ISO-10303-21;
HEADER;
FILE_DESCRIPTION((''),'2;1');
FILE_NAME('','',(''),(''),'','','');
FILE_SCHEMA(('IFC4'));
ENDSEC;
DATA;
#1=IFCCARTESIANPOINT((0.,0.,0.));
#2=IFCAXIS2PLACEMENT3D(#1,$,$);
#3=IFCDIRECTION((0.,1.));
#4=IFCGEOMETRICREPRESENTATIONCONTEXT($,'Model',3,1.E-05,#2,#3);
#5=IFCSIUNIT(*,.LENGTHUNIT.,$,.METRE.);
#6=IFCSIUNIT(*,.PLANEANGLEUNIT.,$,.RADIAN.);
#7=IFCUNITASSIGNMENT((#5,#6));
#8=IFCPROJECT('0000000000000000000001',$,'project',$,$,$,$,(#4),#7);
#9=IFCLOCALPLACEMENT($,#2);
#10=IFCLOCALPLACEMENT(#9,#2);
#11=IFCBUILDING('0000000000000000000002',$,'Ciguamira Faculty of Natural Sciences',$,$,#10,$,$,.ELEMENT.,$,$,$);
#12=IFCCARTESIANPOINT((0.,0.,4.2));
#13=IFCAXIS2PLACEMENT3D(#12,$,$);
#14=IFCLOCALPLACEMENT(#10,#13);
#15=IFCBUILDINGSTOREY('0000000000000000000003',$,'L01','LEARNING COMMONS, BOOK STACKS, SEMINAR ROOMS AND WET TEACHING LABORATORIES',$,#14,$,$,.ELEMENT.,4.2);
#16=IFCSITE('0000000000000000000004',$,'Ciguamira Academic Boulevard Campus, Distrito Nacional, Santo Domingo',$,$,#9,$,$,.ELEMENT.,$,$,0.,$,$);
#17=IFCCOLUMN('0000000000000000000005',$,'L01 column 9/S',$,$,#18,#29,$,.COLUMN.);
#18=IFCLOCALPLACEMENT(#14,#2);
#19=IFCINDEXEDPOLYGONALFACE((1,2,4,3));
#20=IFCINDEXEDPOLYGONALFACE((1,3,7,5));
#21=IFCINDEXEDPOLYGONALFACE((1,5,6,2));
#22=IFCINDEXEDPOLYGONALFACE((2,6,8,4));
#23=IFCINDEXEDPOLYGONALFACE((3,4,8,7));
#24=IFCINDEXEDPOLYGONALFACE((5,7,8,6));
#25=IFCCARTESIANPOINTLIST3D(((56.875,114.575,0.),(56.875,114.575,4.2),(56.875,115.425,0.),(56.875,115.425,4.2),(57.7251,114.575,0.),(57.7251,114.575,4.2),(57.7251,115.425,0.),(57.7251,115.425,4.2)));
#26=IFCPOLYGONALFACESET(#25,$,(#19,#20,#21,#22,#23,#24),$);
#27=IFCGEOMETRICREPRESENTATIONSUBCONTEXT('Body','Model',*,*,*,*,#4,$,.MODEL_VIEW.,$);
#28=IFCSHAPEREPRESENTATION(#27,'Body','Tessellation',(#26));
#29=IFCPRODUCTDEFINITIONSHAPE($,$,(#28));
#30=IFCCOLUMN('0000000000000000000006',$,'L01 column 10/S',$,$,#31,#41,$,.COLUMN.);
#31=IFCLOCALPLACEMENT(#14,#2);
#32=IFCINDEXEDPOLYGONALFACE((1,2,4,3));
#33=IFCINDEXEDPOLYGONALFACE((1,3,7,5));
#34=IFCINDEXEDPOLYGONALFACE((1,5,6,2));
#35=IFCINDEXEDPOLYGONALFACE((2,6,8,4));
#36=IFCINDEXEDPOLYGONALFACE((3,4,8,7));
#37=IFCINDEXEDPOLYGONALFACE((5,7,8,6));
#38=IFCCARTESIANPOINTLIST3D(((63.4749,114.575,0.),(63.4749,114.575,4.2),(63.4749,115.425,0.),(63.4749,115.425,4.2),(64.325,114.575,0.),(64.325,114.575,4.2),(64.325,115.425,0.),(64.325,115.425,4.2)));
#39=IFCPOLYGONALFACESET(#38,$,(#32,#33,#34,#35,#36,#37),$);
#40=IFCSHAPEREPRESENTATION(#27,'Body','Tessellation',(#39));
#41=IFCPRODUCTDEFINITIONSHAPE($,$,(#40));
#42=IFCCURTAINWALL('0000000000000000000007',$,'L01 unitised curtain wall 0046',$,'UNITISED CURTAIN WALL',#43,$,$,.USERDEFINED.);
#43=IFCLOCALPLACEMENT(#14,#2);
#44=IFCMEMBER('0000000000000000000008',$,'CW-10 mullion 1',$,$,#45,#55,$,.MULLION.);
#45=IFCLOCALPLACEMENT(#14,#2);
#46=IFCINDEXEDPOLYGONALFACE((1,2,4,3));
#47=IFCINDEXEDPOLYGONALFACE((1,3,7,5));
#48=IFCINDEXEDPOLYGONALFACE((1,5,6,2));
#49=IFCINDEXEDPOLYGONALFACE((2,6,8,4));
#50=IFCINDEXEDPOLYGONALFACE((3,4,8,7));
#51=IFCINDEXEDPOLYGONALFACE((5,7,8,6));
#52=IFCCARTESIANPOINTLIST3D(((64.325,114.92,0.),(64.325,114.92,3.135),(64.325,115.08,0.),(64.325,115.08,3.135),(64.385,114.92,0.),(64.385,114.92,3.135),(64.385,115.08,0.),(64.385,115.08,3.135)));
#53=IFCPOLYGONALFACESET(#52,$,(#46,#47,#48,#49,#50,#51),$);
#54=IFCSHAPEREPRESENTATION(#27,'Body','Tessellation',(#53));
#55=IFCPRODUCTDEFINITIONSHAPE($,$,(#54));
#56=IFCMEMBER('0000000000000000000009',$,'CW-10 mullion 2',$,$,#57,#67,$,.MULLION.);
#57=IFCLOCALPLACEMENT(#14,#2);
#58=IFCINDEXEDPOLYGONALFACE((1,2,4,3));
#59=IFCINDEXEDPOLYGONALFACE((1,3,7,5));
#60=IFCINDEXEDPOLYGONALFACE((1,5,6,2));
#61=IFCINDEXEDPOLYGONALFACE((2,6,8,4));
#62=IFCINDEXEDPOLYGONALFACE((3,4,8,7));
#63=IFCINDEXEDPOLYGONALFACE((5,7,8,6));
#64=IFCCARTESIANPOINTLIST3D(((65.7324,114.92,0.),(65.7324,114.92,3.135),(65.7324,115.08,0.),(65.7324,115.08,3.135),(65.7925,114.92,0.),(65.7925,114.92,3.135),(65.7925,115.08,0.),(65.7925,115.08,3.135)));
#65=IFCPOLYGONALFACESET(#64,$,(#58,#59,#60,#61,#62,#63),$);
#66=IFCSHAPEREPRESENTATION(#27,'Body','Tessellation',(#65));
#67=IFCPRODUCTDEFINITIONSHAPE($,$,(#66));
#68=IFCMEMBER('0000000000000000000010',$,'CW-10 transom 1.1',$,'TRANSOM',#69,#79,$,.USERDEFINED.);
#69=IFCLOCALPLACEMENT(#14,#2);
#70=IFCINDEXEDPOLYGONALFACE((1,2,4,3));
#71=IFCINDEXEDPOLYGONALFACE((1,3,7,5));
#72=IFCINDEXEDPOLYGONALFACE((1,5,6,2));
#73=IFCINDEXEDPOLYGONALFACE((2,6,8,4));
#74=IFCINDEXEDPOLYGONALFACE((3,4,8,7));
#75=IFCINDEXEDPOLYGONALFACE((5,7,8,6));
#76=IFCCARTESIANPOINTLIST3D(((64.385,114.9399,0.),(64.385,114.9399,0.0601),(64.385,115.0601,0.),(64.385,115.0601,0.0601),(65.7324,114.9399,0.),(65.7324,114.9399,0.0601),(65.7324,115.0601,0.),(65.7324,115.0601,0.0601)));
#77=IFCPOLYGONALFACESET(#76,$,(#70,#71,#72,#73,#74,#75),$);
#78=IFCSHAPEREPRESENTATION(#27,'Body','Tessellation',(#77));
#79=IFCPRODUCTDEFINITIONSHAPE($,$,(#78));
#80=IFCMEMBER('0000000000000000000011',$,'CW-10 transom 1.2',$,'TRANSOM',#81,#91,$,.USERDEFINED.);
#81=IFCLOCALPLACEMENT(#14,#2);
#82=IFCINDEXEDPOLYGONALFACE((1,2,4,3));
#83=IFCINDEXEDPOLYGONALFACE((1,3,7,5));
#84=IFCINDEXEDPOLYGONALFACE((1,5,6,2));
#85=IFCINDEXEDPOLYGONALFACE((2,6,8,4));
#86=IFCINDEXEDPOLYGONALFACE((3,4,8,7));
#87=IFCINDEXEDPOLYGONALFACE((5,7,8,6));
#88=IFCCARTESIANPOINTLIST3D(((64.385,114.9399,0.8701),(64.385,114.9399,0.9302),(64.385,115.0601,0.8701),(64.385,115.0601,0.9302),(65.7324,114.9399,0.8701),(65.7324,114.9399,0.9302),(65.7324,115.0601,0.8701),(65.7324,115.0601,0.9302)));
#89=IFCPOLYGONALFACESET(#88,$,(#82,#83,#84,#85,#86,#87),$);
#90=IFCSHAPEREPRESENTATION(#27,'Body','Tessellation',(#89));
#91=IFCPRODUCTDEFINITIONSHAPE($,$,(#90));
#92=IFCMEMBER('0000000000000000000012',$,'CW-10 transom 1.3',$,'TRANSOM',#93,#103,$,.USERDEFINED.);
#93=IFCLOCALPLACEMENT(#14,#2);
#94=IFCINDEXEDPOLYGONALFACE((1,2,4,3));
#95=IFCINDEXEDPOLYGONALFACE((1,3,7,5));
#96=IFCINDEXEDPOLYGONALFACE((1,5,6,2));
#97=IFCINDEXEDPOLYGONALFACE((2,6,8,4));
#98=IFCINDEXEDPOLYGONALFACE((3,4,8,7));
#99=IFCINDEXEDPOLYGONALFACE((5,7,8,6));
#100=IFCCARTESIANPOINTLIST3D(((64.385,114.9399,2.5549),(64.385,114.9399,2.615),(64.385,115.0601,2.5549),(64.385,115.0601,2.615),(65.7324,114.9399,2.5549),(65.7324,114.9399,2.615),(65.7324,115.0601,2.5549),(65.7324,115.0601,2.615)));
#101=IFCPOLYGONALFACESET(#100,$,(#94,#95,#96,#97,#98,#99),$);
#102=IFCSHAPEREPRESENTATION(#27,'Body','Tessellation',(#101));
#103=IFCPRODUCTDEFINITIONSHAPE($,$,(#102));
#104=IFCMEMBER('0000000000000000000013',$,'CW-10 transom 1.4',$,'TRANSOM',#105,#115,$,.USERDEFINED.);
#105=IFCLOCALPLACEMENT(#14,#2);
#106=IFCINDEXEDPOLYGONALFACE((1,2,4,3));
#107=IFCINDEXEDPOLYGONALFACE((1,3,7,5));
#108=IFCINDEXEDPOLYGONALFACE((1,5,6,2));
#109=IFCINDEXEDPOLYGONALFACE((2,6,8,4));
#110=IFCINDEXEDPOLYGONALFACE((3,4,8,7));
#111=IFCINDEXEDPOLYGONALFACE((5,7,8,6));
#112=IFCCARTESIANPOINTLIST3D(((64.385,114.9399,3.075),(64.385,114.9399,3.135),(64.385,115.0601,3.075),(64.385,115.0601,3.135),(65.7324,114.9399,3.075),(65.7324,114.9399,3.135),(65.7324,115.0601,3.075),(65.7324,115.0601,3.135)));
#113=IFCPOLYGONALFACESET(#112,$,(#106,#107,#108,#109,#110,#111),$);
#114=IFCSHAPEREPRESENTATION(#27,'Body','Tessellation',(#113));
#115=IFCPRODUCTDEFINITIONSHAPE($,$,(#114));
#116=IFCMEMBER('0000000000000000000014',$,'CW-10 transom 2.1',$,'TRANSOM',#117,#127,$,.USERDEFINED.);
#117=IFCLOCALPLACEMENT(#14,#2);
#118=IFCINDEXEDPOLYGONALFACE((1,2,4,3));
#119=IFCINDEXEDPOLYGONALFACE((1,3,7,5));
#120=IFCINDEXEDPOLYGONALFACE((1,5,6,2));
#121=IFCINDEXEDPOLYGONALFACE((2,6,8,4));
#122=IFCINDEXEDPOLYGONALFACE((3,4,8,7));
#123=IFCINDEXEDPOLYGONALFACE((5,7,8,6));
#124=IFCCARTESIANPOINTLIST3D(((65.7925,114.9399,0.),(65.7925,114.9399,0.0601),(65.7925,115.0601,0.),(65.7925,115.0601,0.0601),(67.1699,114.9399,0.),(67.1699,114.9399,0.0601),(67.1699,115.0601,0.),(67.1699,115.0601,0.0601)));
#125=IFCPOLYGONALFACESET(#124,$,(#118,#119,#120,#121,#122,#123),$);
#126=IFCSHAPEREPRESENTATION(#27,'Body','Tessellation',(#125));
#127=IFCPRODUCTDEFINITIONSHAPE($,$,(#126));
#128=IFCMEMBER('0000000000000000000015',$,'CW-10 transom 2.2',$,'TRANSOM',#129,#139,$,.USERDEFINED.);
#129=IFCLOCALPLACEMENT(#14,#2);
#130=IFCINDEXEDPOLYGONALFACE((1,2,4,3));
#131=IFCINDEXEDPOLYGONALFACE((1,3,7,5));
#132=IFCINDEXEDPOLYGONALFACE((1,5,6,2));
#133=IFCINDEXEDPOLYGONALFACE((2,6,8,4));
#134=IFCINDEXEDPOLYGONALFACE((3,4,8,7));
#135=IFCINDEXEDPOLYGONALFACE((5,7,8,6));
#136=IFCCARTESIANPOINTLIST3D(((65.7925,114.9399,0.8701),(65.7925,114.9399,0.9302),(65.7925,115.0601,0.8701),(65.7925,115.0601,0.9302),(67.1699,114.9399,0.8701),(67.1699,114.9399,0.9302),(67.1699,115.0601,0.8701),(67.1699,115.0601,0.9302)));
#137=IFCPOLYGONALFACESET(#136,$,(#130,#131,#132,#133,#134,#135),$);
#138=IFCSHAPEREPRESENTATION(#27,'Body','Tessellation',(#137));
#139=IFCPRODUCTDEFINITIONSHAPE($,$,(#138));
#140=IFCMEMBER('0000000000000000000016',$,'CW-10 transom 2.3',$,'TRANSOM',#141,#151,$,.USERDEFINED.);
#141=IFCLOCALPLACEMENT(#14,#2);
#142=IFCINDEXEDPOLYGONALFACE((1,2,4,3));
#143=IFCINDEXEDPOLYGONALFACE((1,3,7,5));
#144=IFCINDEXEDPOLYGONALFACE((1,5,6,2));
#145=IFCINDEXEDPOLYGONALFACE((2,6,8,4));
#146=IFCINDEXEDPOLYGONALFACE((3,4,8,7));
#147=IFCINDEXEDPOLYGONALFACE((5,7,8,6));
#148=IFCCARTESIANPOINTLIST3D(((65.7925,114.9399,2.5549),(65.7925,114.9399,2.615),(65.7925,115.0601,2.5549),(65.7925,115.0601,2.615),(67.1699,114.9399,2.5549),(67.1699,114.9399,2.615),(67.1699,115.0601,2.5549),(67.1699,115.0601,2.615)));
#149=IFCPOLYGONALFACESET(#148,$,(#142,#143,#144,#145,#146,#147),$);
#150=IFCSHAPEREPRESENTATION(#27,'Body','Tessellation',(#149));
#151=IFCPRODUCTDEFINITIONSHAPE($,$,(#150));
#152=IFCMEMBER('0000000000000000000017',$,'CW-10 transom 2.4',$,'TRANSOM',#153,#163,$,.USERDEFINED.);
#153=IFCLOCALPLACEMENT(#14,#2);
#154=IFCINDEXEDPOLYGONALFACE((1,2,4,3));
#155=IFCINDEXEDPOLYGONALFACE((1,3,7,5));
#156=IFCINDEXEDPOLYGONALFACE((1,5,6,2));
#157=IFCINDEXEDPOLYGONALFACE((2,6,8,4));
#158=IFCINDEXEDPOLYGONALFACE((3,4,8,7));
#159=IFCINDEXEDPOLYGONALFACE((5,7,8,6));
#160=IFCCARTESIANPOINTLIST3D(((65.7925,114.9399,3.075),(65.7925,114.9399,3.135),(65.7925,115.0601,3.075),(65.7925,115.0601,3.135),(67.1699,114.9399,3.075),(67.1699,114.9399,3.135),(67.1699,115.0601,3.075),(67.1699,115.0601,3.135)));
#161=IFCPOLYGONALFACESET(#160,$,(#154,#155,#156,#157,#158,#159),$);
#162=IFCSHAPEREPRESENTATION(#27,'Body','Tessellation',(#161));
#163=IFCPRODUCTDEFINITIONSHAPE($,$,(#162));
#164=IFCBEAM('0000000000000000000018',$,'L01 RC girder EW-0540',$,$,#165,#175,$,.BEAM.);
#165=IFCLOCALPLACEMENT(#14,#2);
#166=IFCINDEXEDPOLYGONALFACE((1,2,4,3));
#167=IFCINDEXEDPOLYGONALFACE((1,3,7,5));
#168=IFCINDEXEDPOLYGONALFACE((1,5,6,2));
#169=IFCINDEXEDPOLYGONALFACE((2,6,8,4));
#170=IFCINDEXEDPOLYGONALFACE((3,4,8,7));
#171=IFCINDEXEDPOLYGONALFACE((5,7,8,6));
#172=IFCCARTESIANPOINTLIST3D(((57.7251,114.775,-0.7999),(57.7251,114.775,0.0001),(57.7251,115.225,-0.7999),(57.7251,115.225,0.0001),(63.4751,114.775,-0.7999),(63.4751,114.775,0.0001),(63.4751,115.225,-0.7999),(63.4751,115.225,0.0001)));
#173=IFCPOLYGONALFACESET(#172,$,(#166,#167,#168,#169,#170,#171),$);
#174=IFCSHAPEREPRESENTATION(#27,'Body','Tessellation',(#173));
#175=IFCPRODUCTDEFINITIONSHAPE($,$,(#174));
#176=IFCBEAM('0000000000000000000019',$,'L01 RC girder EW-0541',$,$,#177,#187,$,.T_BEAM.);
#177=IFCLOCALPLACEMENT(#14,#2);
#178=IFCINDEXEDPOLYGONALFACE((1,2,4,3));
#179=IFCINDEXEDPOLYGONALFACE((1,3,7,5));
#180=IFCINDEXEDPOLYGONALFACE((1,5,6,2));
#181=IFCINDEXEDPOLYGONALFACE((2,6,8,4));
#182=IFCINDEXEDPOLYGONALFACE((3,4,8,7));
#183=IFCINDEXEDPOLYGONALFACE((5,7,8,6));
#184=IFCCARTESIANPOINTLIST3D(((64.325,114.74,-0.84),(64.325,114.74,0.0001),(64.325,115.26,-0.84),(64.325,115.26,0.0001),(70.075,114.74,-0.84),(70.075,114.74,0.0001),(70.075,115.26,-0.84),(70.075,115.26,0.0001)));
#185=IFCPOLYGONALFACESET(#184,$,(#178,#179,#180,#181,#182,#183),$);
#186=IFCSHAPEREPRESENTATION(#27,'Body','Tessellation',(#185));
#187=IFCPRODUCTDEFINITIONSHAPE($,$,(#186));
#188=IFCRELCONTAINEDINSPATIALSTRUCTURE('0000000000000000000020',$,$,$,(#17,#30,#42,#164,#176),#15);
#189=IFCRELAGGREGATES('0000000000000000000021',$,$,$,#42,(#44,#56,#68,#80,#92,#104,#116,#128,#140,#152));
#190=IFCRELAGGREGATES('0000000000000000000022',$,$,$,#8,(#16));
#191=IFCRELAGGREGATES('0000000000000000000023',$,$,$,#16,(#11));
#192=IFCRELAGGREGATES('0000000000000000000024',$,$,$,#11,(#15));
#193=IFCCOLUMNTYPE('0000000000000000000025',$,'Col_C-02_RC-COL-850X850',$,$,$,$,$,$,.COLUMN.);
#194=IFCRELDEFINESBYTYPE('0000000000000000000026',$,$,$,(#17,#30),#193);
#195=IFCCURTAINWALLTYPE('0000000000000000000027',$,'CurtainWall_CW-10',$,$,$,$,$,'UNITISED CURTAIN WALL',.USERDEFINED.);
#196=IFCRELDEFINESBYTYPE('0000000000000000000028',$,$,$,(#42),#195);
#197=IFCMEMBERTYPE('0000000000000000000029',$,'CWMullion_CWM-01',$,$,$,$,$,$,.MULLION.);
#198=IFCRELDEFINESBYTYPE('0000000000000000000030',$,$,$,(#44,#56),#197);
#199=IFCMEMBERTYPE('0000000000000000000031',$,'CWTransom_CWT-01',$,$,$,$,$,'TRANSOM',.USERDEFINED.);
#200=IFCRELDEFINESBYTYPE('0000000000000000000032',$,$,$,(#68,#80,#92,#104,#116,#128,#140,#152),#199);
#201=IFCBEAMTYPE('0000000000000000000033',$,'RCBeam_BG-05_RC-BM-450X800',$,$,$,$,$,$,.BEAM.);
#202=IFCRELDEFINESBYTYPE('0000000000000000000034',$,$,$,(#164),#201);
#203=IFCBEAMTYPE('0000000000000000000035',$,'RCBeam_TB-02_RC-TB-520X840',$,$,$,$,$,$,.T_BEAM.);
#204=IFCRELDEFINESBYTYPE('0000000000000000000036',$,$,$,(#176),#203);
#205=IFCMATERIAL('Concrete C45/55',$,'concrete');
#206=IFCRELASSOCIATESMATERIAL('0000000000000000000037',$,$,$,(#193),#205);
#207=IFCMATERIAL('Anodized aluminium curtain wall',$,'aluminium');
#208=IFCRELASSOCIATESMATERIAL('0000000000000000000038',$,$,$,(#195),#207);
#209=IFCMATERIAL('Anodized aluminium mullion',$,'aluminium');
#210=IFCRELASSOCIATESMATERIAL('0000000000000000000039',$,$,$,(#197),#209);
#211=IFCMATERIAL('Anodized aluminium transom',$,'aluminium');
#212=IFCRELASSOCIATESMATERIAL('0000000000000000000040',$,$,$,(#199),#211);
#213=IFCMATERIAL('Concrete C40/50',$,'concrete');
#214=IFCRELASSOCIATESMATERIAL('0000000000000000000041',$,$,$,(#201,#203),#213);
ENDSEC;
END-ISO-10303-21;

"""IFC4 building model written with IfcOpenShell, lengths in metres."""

from ifc_helpers import new_model, si_unit, direction, frame, origin, origin_2d, place, context, subcontext, project, spatial, rectangle, extrude, material, material_profile, profile_set, type_object, element, aggregate, save


model = new_model("IFC4")

# Units and contexts
model_context = context("Model", 3, precision=1e-05, world=origin(), true_north=direction((0.0, 1.0)))
body_context = subcontext(model_context, "Body", "Model", "MODEL_VIEW")
ifc_project = project(units=[si_unit("LENGTHUNIT", "METRE"), si_unit("PLANEANGLEUNIT", "RADIAN")], contexts=[model_context])

# Site, building, storey
site_placement = place(None, origin())
site = spatial("IfcSite", under=ifc_project, at=site_placement, Name="Ciguamira Academic Boulevard Campus, Distrito Nacional, Santo Domingo", CompositionType="ELEMENT", RefElevation=0.0)
building_placement = place(site_placement, origin())
building = spatial("IfcBuilding", under=site, at=building_placement, Name="Ciguamira Faculty of Natural Sciences", CompositionType="ELEMENT")
storey_placement = place(building_placement, frame((0.0, 0.0, 4.2)))
storey = spatial("IfcBuildingStorey", under=building, at=storey_placement, Name="L01", Description="LEARNING COMMONS, BOOK STACKS, SEMINAR ROOMS AND WET TEACHING LABORATORIES", CompositionType="ELEMENT", Elevation=4.2)

# Columns
ifc_material_1 = material(Name="Concrete C45/55", Category="concrete")
ifc_material_profile_1 = material_profile(ifc_material_1, rectangle(XDim=0.8501, YDim=0.8501, at=origin_2d()), Name="RC-COL-850X850")
ifc_profile_set_1 = profile_set([ifc_material_profile_1], Name="Concrete C45/55")
column_type = type_object("IfcColumnType", Name="Col_C-02_RC-COL-850X850", PredefinedType="COLUMN", material=ifc_profile_set_1)
for number, where, z_axis, x_axis, name in (
    (1, (57.3, 115.0, 0.0), (0.0, 0.0, 1.0), (1.0, 0.0, 0.0), "L01 column 9/S"),
    (2, (63.8999, 115.0, 0.0), (0.0, 0.0, 1.0), (1.0, 0.0, 0.0), "L01 column 10/S"),
):
    element("IfcColumn", number, at=place(storey_placement, frame(where, z_axis=z_axis, x_axis=x_axis)), inside=storey, type_object=column_type, Name=name, PredefinedType="COLUMN", context=body_context, shape_type="SweptSolid", body=[
        extrude(rectangle(XDim=0.8501, YDim=0.8501, at=origin_2d()), origin(), (0.0, 0.0, 1.0), 4.2),
    ])

# Curtain wall, members
ifc_material_2 = material(Name="Anodized aluminium curtain wall", Category="aluminium")
curtain_wall_type = type_object("IfcCurtainWallType", Name="CurtainWall_CW-10", ElementType="UNITISED CURTAIN WALL", PredefinedType="USERDEFINED", material=ifc_material_2)
curtain_wall_placement = place(storey_placement, origin())
curtain_wall = element("IfcCurtainWall", 3, at=curtain_wall_placement, inside=storey, type_object=curtain_wall_type, Name="L01 unitised curtain wall 0046", ObjectType="UNITISED CURTAIN WALL", PredefinedType="USERDEFINED")
ifc_material_3 = material(Name="Anodized aluminium mullion", Category="aluminium")
ifc_material_profile_2 = material_profile(ifc_material_3, rectangle(XDim=0.0601, YDim=0.1599, at=origin_2d()), Name="ALU-MUL-60X160")
ifc_profile_set_2 = profile_set([ifc_material_profile_2], Name="Anodized aluminium mullion")
member_type_1 = type_object("IfcMemberType", Name="CWMullion_CWM-01", PredefinedType="MULLION", material=ifc_profile_set_2)
member_1_placement = place(storey_placement, frame((64.355, 115.0, 0.0), z_axis=(0.0, 0.0, 1.0), x_axis=(1.0, 0.0, 0.0)))
member_1 = element("IfcMember", 4, at=member_1_placement, type_object=member_type_1, Name="CW-10 mullion 1", PredefinedType="MULLION", context=body_context, shape_type="SweptSolid", body=[
    extrude(rectangle(XDim=0.0601, YDim=0.1599, at=origin_2d()), origin(), (0.0, 0.0, 1.0), 3.135),
])
member_2_placement = place(storey_placement, frame((65.7625, 115.0, 0.0), z_axis=(0.0, 0.0, 1.0), x_axis=(1.0, 0.0, 0.0)))
member_2 = element("IfcMember", 5, at=member_2_placement, type_object=member_type_1, Name="CW-10 mullion 2", PredefinedType="MULLION", context=body_context, shape_type="SweptSolid", body=[
    extrude(rectangle(XDim=0.0601, YDim=0.1599, at=origin_2d()), origin(), (0.0, 0.0, 1.0), 3.135),
])
ifc_material_4 = material(Name="Anodized aluminium transom", Category="aluminium")
ifc_material_profile_3 = material_profile(ifc_material_4, rectangle(XDim=0.0601, YDim=0.1201, at=origin_2d()), Name="ALU-TRN-60X120")
ifc_profile_set_3 = profile_set([ifc_material_profile_3], Name="Anodized aluminium transom")
member_type_2 = type_object("IfcMemberType", Name="CWTransom_CWT-01", ElementType="TRANSOM", PredefinedType="USERDEFINED", material=ifc_profile_set_3)
member_3_placement = place(storey_placement, frame((64.385, 115.0, 0.03), z_axis=(1.0, 0.0, 0.0), x_axis=(0.0, 0.0, 1.0)))
member_3 = element("IfcMember", 6, at=member_3_placement, type_object=member_type_2, Name="CW-10 transom 1.1", ObjectType="TRANSOM", PredefinedType="USERDEFINED", context=body_context, shape_type="SweptSolid", body=[
    extrude(rectangle(XDim=0.0601, YDim=0.1201, at=origin_2d()), origin(), (0.0, 0.0, 1.0), 1.3474),
])
member_4_placement = place(storey_placement, frame((64.385, 115.0, 0.9001), z_axis=(1.0, 0.0, 0.0), x_axis=(0.0, 0.0, 1.0)))
member_4 = element("IfcMember", 7, at=member_4_placement, type_object=member_type_2, Name="CW-10 transom 1.2", ObjectType="TRANSOM", PredefinedType="USERDEFINED", context=body_context, shape_type="SweptSolid", body=[
    extrude(rectangle(XDim=0.0601, YDim=0.1201, at=origin_2d()), origin(), (0.0, 0.0, 1.0), 1.3474),
])
member_5_placement = place(storey_placement, frame((64.385, 115.0, 2.585), z_axis=(1.0, 0.0, 0.0), x_axis=(0.0, 0.0, 1.0)))
member_5 = element("IfcMember", 8, at=member_5_placement, type_object=member_type_2, Name="CW-10 transom 1.3", ObjectType="TRANSOM", PredefinedType="USERDEFINED", context=body_context, shape_type="SweptSolid", body=[
    extrude(rectangle(XDim=0.0601, YDim=0.1201, at=origin_2d()), origin(), (0.0, 0.0, 1.0), 1.3474),
])
member_6_placement = place(storey_placement, frame((64.385, 115.0, 3.105), z_axis=(1.0, 0.0, 0.0), x_axis=(0.0, 0.0, 1.0)))
member_6 = element("IfcMember", 9, at=member_6_placement, type_object=member_type_2, Name="CW-10 transom 1.4", ObjectType="TRANSOM", PredefinedType="USERDEFINED", context=body_context, shape_type="SweptSolid", body=[
    extrude(rectangle(XDim=0.0601, YDim=0.1201, at=origin_2d()), origin(), (0.0, 0.0, 1.0), 1.3474),
])
member_7_placement = place(storey_placement, frame((65.7925, 115.0, 0.03), z_axis=(1.0, 0.0, 0.0), x_axis=(0.0, 0.0, 1.0)))
member_7 = element("IfcMember", 10, at=member_7_placement, type_object=member_type_2, Name="CW-10 transom 2.1", ObjectType="TRANSOM", PredefinedType="USERDEFINED", context=body_context, shape_type="SweptSolid", body=[
    extrude(rectangle(XDim=0.0601, YDim=0.1201, at=origin_2d()), origin(), (0.0, 0.0, 1.0), 1.3774),
])
member_8_placement = place(storey_placement, frame((65.7925, 115.0, 0.9001), z_axis=(1.0, 0.0, 0.0), x_axis=(0.0, 0.0, 1.0)))
member_8 = element("IfcMember", 11, at=member_8_placement, type_object=member_type_2, Name="CW-10 transom 2.2", ObjectType="TRANSOM", PredefinedType="USERDEFINED", context=body_context, shape_type="SweptSolid", body=[
    extrude(rectangle(XDim=0.0601, YDim=0.1201, at=origin_2d()), origin(), (0.0, 0.0, 1.0), 1.3774),
])
member_9_placement = place(storey_placement, frame((65.7925, 115.0, 2.585), z_axis=(1.0, 0.0, 0.0), x_axis=(0.0, 0.0, 1.0)))
member_9 = element("IfcMember", 12, at=member_9_placement, type_object=member_type_2, Name="CW-10 transom 2.3", ObjectType="TRANSOM", PredefinedType="USERDEFINED", context=body_context, shape_type="SweptSolid", body=[
    extrude(rectangle(XDim=0.0601, YDim=0.1201, at=origin_2d()), origin(), (0.0, 0.0, 1.0), 1.3774),
])
member_10_placement = place(storey_placement, frame((65.7925, 115.0, 3.105), z_axis=(1.0, 0.0, 0.0), x_axis=(0.0, 0.0, 1.0)))
member_10 = element("IfcMember", 13, at=member_10_placement, type_object=member_type_2, Name="CW-10 transom 2.4", ObjectType="TRANSOM", PredefinedType="USERDEFINED", context=body_context, shape_type="SweptSolid", body=[
    extrude(rectangle(XDim=0.0601, YDim=0.1201, at=origin_2d()), origin(), (0.0, 0.0, 1.0), 1.3774),
])

# Beams
ifc_material_5 = material(Name="Concrete C40/50", Category="concrete")
ifc_material_profile_4 = material_profile(ifc_material_5, rectangle(XDim=0.45, YDim=0.8, at=origin_2d()), Name="RC-BM-450X800")
ifc_profile_set_4 = profile_set([ifc_material_profile_4], Name="Concrete C40/50")
beam_type_1 = type_object("IfcBeamType", Name="RCBeam_BG-05_RC-BM-450X800", PredefinedType="BEAM", material=ifc_profile_set_4)
beam_1_placement = place(storey_placement, frame((57.7251, 115.0, -0.3999), z_axis=(1.0, 0.0, 0.0), x_axis=(0.0, 1.0, 0.0)))
element("IfcBeam", 14, at=beam_1_placement, inside=storey, type_object=beam_type_1, Name="L01 RC girder EW-0540", PredefinedType="BEAM", context=body_context, shape_type="SweptSolid", body=[
    extrude(rectangle(XDim=0.45, YDim=0.8, at=origin_2d()), origin(), (0.0, 0.0, 1.0), 5.75),
])
ifc_material_profile_5 = material_profile(ifc_material_5, rectangle(XDim=0.52, YDim=0.8401, at=origin_2d()), Name="RC-TB-520X840")
ifc_profile_set_5 = profile_set([ifc_material_profile_5], Name="Concrete C40/50")
beam_type_2 = type_object("IfcBeamType", Name="RCBeam_TB-02_RC-TB-520X840", PredefinedType="T_BEAM", material=ifc_profile_set_5)
beam_2_placement = place(storey_placement, frame((64.325, 115.0, -0.4199), z_axis=(1.0, 0.0, 0.0), x_axis=(0.0, 1.0, 0.0)))
element("IfcBeam", 15, at=beam_2_placement, inside=storey, type_object=beam_type_2, Name="L01 RC girder EW-0541", PredefinedType="T_BEAM", context=body_context, shape_type="SweptSolid", body=[
    extrude(rectangle(XDim=0.52, YDim=0.8401, at=origin_2d()), origin(), (0.0, 0.0, 1.0), 5.75),
])

aggregate(curtain_wall, [member_1, member_2, member_3, member_4, member_5, member_6, member_7, member_8, member_9, member_10])

save(model, "model.ifc")
